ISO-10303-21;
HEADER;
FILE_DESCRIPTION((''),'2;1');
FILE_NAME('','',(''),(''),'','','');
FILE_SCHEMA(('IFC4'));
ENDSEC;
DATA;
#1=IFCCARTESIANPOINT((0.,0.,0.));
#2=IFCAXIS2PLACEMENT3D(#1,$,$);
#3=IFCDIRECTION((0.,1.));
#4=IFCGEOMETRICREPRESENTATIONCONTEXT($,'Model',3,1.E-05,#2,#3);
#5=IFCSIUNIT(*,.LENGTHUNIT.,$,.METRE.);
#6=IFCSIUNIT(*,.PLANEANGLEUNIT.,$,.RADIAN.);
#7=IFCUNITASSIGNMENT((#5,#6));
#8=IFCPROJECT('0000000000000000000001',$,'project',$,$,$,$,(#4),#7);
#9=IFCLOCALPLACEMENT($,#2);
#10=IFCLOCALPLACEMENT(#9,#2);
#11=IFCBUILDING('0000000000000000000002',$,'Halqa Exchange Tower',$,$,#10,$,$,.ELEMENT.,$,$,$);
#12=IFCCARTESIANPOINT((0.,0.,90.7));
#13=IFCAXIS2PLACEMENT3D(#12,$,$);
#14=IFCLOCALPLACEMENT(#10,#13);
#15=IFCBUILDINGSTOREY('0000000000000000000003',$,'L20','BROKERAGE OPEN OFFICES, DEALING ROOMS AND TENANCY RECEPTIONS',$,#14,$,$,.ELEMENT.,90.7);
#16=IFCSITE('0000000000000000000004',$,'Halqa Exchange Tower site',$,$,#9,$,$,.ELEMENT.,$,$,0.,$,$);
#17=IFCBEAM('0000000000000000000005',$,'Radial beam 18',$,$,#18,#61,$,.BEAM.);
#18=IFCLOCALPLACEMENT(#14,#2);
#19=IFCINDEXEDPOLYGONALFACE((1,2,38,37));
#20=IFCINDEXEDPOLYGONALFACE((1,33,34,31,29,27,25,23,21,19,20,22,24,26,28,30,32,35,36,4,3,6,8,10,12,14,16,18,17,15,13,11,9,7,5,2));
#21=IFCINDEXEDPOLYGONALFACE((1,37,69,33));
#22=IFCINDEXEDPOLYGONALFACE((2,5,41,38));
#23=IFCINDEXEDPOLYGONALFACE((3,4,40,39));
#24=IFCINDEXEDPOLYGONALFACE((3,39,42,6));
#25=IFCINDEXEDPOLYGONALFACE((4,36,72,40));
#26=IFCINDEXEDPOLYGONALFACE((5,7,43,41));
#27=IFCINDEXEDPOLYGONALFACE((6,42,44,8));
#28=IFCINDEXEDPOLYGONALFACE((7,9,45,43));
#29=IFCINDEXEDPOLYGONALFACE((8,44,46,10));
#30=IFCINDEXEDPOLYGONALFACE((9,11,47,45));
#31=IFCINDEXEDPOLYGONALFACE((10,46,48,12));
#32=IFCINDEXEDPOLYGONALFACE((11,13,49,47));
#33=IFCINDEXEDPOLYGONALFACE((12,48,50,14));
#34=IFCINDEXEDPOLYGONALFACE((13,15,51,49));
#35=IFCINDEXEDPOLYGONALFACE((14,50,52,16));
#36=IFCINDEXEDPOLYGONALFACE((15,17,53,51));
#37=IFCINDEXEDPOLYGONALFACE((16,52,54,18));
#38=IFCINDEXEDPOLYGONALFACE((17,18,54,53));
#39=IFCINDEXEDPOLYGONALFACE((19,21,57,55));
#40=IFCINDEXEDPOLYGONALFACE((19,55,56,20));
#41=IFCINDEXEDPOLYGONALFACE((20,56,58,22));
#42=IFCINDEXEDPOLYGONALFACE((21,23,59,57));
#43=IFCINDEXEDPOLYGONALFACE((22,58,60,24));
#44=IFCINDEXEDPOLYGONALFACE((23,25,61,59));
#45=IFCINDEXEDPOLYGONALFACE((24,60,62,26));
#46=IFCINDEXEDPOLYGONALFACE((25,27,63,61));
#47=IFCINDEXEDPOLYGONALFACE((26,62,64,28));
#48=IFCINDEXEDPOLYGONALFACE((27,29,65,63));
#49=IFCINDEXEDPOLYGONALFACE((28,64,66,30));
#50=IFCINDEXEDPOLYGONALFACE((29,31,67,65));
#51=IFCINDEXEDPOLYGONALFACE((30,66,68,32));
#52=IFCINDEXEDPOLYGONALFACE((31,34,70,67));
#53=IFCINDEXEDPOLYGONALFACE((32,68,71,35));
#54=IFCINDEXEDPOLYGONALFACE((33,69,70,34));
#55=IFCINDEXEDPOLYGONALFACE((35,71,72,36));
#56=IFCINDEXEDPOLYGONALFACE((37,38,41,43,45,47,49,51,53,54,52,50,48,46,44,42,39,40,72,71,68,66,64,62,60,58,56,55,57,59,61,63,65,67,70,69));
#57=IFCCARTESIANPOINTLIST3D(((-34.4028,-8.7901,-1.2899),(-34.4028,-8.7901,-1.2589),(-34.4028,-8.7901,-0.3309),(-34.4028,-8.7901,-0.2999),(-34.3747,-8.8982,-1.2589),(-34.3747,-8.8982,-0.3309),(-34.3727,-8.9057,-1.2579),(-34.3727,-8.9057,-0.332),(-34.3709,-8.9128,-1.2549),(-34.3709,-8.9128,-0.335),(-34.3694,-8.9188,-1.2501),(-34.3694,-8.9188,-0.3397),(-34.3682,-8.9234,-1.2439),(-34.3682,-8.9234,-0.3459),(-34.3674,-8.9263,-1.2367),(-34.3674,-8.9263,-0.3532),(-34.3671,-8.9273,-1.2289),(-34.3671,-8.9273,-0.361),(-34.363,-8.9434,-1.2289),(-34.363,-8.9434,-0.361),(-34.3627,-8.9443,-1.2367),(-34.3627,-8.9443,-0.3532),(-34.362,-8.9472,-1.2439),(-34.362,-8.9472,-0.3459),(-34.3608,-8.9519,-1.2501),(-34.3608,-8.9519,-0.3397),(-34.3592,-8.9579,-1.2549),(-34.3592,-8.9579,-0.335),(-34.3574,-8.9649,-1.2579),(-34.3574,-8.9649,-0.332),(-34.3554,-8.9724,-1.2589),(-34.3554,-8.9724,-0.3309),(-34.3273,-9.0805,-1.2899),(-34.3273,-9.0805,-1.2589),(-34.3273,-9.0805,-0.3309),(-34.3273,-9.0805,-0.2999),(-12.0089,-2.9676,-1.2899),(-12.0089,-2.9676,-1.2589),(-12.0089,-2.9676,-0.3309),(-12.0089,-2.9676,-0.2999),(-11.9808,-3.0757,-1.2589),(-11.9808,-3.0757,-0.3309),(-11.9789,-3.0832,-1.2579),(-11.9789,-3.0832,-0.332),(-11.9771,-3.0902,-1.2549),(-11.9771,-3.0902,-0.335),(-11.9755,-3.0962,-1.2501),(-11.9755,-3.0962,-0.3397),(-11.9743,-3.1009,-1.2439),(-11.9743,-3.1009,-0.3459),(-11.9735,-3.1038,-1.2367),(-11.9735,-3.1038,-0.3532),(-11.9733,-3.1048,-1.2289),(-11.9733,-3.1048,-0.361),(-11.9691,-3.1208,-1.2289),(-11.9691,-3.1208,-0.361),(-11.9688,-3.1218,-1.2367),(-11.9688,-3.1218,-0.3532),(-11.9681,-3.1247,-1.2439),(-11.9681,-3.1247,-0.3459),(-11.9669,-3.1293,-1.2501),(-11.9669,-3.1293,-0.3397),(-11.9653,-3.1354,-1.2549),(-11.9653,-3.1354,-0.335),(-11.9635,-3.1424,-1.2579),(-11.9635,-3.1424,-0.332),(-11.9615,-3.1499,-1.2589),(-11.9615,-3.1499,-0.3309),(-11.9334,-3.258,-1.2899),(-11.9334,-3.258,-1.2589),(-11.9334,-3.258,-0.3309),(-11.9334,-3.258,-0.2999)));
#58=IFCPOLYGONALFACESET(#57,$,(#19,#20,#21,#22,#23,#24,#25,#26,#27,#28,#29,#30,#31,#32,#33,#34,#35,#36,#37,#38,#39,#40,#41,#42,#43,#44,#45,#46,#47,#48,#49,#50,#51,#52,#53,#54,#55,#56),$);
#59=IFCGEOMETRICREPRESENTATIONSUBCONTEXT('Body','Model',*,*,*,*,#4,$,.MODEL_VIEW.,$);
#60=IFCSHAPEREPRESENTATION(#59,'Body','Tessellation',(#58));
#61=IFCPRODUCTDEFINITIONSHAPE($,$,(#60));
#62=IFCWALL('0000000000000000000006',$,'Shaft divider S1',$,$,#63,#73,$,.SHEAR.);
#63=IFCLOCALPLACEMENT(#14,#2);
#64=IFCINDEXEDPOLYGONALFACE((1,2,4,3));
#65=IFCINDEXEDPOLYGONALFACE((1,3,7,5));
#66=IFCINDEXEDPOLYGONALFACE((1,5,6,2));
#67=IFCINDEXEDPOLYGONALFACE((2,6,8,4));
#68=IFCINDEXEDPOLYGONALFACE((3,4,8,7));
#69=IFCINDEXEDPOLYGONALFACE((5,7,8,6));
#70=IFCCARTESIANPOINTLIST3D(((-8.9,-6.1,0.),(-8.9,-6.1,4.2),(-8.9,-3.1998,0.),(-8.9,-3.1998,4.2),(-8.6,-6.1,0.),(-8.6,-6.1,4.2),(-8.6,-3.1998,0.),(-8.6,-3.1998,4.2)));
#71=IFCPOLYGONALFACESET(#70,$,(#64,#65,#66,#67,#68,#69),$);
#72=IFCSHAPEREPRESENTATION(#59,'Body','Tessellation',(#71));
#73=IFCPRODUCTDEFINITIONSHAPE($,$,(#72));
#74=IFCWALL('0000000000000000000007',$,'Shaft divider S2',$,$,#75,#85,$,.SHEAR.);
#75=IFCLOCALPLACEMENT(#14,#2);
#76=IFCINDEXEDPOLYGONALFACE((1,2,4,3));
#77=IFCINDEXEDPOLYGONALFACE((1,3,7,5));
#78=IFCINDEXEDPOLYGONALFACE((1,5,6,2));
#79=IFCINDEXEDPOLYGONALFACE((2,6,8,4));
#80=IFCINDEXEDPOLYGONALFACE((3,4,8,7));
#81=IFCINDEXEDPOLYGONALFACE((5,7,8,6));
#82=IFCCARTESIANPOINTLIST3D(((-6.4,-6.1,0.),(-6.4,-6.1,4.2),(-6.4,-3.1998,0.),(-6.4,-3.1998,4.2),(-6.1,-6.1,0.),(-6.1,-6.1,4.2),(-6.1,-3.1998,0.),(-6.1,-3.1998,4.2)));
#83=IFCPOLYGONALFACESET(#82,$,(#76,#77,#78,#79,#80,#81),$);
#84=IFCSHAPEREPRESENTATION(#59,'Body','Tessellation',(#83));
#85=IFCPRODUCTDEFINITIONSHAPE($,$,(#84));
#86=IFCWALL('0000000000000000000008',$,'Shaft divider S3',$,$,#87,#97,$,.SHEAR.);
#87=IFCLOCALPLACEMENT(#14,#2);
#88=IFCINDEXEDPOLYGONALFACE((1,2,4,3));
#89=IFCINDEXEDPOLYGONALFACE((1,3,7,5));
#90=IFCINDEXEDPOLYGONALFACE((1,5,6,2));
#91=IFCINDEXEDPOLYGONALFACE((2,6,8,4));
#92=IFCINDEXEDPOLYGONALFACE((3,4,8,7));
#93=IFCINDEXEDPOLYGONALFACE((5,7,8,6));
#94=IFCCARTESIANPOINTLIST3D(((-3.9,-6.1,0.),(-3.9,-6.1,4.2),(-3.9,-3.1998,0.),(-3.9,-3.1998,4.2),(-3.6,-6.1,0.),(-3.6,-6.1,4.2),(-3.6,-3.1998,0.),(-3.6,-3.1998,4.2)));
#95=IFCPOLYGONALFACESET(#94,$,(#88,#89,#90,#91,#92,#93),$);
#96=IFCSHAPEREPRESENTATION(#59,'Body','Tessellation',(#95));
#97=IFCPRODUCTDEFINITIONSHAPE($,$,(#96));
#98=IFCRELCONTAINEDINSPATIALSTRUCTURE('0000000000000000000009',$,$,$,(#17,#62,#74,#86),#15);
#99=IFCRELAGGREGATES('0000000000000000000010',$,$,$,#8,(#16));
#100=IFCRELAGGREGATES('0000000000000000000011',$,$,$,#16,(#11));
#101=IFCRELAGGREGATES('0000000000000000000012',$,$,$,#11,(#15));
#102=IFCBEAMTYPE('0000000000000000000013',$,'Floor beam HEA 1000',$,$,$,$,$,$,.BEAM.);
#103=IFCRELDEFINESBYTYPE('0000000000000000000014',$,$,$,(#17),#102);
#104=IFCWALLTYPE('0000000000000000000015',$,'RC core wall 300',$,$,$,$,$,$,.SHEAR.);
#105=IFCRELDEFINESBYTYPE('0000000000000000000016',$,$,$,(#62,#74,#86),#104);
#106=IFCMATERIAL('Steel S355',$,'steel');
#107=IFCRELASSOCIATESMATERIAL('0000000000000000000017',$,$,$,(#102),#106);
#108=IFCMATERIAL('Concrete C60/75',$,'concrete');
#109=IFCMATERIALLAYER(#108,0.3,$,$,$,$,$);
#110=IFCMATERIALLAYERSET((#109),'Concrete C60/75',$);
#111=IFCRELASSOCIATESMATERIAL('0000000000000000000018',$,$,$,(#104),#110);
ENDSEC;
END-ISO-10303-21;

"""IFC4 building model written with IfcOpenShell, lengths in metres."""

from ifc_helpers import new_model, si_unit, direction, frame, frame_2d, origin, origin_2d, place, context, subcontext, project, spatial, rectangle, i_section, extrude, material, layer, layer_set, material_profile, profile_set, type_object, element, save


model = new_model("IFC4")

# Units and contexts
model_context = context("Model", 3, precision=1e-05, world=origin(), true_north=direction((0.0, 1.0)))
body_context = subcontext(model_context, "Body", "Model", "MODEL_VIEW")
ifc_project = project(units=[si_unit("LENGTHUNIT", "METRE"), si_unit("PLANEANGLEUNIT", "RADIAN")], contexts=[model_context])

# Site, building, storey
site_placement = place(None, origin())
site = spatial("IfcSite", under=ifc_project, at=site_placement, Name="Halqa Exchange Tower site", CompositionType="ELEMENT", RefElevation=0.0)
building_placement = place(site_placement, origin())
building = spatial("IfcBuilding", under=site, at=building_placement, Name="Halqa Exchange Tower", CompositionType="ELEMENT")
storey_placement = place(building_placement, frame((0.0, 0.0, 90.7)))
storey = spatial("IfcBuildingStorey", under=building, at=storey_placement, Name="L20", Description="BROKERAGE OPEN OFFICES, DEALING ROOMS AND TENANCY RECEPTIONS", CompositionType="ELEMENT", Elevation=90.7)

# Beam
ifc_material_1 = material(Name="Steel S355", Category="steel")
ifc_material_profile = material_profile(ifc_material_1, i_section(OverallWidth=0.3, OverallDepth=0.99, WebThickness=0.0166, FlangeThickness=0.031, FilletRadius=0.03, at=origin_2d()), Name="HEA 1000")
ifc_profile_set = profile_set([ifc_material_profile], Name="Steel S355")
beam_type = type_object("IfcBeamType", Name="Floor beam HEA 1000", PredefinedType="BEAM", material=ifc_profile_set)
beam_placement = place(storey_placement, frame((-11.9712, -3.1128, -0.7949), z_axis=(-0.967821, -0.251639, 0.0), x_axis=(0.251639, -0.967821, 0.0)))
element("IfcBeam", 1, at=beam_placement, inside=storey, type_object=beam_type, Name="Radial beam 18", PredefinedType="BEAM", context=body_context, shape_type="SweptSolid", body=[
    extrude(i_section(OverallWidth=0.3, OverallDepth=0.99, WebThickness=0.0166, FlangeThickness=0.031, FilletRadius=0.03, at=origin_2d()), origin(), (0.0, 0.0, 1.0), 23.1384),
])

# Walls
ifc_material_2 = material(Name="Concrete C60/75", Category="concrete")
ifc_layer_1 = layer(ifc_material_2, 0.3)
ifc_layer_set_1 = layer_set([ifc_layer_1], Name="Concrete C60/75")
wall_type_1 = type_object("IfcWallType", Name="RC core wall 300", PredefinedType="SHEAR", material=ifc_layer_set_1)
for number, where, z_axis, x_axis, name in (
    (2, (-8.75, -6.1001, 0.0), (0.0, 0.0, 1.0), (0.0, 1.0, 0.0), "Shaft divider S1"),
    (3, (-6.25, -6.1001, 0.0), (0.0, 0.0, 1.0), (0.0, 1.0, 0.0), "Shaft divider S2"),
    (4, (-3.75, -6.1001, 0.0), (0.0, 0.0, 1.0), (0.0, 1.0, 0.0), "Shaft divider S3"),
):
    element("IfcWall", number, at=place(storey_placement, frame(where, z_axis=z_axis, x_axis=x_axis)), inside=storey, type_object=wall_type_1, Name=name, PredefinedType="SHEAR", context=body_context, shape_type="SweptSolid", body=[
        extrude(rectangle(XDim=2.9001, YDim=0.3, at=frame_2d((1.4502, 0.0))), origin(), (0.0, 0.0, 1.0), 4.2),
    ])

save(model, "model.ifc")
